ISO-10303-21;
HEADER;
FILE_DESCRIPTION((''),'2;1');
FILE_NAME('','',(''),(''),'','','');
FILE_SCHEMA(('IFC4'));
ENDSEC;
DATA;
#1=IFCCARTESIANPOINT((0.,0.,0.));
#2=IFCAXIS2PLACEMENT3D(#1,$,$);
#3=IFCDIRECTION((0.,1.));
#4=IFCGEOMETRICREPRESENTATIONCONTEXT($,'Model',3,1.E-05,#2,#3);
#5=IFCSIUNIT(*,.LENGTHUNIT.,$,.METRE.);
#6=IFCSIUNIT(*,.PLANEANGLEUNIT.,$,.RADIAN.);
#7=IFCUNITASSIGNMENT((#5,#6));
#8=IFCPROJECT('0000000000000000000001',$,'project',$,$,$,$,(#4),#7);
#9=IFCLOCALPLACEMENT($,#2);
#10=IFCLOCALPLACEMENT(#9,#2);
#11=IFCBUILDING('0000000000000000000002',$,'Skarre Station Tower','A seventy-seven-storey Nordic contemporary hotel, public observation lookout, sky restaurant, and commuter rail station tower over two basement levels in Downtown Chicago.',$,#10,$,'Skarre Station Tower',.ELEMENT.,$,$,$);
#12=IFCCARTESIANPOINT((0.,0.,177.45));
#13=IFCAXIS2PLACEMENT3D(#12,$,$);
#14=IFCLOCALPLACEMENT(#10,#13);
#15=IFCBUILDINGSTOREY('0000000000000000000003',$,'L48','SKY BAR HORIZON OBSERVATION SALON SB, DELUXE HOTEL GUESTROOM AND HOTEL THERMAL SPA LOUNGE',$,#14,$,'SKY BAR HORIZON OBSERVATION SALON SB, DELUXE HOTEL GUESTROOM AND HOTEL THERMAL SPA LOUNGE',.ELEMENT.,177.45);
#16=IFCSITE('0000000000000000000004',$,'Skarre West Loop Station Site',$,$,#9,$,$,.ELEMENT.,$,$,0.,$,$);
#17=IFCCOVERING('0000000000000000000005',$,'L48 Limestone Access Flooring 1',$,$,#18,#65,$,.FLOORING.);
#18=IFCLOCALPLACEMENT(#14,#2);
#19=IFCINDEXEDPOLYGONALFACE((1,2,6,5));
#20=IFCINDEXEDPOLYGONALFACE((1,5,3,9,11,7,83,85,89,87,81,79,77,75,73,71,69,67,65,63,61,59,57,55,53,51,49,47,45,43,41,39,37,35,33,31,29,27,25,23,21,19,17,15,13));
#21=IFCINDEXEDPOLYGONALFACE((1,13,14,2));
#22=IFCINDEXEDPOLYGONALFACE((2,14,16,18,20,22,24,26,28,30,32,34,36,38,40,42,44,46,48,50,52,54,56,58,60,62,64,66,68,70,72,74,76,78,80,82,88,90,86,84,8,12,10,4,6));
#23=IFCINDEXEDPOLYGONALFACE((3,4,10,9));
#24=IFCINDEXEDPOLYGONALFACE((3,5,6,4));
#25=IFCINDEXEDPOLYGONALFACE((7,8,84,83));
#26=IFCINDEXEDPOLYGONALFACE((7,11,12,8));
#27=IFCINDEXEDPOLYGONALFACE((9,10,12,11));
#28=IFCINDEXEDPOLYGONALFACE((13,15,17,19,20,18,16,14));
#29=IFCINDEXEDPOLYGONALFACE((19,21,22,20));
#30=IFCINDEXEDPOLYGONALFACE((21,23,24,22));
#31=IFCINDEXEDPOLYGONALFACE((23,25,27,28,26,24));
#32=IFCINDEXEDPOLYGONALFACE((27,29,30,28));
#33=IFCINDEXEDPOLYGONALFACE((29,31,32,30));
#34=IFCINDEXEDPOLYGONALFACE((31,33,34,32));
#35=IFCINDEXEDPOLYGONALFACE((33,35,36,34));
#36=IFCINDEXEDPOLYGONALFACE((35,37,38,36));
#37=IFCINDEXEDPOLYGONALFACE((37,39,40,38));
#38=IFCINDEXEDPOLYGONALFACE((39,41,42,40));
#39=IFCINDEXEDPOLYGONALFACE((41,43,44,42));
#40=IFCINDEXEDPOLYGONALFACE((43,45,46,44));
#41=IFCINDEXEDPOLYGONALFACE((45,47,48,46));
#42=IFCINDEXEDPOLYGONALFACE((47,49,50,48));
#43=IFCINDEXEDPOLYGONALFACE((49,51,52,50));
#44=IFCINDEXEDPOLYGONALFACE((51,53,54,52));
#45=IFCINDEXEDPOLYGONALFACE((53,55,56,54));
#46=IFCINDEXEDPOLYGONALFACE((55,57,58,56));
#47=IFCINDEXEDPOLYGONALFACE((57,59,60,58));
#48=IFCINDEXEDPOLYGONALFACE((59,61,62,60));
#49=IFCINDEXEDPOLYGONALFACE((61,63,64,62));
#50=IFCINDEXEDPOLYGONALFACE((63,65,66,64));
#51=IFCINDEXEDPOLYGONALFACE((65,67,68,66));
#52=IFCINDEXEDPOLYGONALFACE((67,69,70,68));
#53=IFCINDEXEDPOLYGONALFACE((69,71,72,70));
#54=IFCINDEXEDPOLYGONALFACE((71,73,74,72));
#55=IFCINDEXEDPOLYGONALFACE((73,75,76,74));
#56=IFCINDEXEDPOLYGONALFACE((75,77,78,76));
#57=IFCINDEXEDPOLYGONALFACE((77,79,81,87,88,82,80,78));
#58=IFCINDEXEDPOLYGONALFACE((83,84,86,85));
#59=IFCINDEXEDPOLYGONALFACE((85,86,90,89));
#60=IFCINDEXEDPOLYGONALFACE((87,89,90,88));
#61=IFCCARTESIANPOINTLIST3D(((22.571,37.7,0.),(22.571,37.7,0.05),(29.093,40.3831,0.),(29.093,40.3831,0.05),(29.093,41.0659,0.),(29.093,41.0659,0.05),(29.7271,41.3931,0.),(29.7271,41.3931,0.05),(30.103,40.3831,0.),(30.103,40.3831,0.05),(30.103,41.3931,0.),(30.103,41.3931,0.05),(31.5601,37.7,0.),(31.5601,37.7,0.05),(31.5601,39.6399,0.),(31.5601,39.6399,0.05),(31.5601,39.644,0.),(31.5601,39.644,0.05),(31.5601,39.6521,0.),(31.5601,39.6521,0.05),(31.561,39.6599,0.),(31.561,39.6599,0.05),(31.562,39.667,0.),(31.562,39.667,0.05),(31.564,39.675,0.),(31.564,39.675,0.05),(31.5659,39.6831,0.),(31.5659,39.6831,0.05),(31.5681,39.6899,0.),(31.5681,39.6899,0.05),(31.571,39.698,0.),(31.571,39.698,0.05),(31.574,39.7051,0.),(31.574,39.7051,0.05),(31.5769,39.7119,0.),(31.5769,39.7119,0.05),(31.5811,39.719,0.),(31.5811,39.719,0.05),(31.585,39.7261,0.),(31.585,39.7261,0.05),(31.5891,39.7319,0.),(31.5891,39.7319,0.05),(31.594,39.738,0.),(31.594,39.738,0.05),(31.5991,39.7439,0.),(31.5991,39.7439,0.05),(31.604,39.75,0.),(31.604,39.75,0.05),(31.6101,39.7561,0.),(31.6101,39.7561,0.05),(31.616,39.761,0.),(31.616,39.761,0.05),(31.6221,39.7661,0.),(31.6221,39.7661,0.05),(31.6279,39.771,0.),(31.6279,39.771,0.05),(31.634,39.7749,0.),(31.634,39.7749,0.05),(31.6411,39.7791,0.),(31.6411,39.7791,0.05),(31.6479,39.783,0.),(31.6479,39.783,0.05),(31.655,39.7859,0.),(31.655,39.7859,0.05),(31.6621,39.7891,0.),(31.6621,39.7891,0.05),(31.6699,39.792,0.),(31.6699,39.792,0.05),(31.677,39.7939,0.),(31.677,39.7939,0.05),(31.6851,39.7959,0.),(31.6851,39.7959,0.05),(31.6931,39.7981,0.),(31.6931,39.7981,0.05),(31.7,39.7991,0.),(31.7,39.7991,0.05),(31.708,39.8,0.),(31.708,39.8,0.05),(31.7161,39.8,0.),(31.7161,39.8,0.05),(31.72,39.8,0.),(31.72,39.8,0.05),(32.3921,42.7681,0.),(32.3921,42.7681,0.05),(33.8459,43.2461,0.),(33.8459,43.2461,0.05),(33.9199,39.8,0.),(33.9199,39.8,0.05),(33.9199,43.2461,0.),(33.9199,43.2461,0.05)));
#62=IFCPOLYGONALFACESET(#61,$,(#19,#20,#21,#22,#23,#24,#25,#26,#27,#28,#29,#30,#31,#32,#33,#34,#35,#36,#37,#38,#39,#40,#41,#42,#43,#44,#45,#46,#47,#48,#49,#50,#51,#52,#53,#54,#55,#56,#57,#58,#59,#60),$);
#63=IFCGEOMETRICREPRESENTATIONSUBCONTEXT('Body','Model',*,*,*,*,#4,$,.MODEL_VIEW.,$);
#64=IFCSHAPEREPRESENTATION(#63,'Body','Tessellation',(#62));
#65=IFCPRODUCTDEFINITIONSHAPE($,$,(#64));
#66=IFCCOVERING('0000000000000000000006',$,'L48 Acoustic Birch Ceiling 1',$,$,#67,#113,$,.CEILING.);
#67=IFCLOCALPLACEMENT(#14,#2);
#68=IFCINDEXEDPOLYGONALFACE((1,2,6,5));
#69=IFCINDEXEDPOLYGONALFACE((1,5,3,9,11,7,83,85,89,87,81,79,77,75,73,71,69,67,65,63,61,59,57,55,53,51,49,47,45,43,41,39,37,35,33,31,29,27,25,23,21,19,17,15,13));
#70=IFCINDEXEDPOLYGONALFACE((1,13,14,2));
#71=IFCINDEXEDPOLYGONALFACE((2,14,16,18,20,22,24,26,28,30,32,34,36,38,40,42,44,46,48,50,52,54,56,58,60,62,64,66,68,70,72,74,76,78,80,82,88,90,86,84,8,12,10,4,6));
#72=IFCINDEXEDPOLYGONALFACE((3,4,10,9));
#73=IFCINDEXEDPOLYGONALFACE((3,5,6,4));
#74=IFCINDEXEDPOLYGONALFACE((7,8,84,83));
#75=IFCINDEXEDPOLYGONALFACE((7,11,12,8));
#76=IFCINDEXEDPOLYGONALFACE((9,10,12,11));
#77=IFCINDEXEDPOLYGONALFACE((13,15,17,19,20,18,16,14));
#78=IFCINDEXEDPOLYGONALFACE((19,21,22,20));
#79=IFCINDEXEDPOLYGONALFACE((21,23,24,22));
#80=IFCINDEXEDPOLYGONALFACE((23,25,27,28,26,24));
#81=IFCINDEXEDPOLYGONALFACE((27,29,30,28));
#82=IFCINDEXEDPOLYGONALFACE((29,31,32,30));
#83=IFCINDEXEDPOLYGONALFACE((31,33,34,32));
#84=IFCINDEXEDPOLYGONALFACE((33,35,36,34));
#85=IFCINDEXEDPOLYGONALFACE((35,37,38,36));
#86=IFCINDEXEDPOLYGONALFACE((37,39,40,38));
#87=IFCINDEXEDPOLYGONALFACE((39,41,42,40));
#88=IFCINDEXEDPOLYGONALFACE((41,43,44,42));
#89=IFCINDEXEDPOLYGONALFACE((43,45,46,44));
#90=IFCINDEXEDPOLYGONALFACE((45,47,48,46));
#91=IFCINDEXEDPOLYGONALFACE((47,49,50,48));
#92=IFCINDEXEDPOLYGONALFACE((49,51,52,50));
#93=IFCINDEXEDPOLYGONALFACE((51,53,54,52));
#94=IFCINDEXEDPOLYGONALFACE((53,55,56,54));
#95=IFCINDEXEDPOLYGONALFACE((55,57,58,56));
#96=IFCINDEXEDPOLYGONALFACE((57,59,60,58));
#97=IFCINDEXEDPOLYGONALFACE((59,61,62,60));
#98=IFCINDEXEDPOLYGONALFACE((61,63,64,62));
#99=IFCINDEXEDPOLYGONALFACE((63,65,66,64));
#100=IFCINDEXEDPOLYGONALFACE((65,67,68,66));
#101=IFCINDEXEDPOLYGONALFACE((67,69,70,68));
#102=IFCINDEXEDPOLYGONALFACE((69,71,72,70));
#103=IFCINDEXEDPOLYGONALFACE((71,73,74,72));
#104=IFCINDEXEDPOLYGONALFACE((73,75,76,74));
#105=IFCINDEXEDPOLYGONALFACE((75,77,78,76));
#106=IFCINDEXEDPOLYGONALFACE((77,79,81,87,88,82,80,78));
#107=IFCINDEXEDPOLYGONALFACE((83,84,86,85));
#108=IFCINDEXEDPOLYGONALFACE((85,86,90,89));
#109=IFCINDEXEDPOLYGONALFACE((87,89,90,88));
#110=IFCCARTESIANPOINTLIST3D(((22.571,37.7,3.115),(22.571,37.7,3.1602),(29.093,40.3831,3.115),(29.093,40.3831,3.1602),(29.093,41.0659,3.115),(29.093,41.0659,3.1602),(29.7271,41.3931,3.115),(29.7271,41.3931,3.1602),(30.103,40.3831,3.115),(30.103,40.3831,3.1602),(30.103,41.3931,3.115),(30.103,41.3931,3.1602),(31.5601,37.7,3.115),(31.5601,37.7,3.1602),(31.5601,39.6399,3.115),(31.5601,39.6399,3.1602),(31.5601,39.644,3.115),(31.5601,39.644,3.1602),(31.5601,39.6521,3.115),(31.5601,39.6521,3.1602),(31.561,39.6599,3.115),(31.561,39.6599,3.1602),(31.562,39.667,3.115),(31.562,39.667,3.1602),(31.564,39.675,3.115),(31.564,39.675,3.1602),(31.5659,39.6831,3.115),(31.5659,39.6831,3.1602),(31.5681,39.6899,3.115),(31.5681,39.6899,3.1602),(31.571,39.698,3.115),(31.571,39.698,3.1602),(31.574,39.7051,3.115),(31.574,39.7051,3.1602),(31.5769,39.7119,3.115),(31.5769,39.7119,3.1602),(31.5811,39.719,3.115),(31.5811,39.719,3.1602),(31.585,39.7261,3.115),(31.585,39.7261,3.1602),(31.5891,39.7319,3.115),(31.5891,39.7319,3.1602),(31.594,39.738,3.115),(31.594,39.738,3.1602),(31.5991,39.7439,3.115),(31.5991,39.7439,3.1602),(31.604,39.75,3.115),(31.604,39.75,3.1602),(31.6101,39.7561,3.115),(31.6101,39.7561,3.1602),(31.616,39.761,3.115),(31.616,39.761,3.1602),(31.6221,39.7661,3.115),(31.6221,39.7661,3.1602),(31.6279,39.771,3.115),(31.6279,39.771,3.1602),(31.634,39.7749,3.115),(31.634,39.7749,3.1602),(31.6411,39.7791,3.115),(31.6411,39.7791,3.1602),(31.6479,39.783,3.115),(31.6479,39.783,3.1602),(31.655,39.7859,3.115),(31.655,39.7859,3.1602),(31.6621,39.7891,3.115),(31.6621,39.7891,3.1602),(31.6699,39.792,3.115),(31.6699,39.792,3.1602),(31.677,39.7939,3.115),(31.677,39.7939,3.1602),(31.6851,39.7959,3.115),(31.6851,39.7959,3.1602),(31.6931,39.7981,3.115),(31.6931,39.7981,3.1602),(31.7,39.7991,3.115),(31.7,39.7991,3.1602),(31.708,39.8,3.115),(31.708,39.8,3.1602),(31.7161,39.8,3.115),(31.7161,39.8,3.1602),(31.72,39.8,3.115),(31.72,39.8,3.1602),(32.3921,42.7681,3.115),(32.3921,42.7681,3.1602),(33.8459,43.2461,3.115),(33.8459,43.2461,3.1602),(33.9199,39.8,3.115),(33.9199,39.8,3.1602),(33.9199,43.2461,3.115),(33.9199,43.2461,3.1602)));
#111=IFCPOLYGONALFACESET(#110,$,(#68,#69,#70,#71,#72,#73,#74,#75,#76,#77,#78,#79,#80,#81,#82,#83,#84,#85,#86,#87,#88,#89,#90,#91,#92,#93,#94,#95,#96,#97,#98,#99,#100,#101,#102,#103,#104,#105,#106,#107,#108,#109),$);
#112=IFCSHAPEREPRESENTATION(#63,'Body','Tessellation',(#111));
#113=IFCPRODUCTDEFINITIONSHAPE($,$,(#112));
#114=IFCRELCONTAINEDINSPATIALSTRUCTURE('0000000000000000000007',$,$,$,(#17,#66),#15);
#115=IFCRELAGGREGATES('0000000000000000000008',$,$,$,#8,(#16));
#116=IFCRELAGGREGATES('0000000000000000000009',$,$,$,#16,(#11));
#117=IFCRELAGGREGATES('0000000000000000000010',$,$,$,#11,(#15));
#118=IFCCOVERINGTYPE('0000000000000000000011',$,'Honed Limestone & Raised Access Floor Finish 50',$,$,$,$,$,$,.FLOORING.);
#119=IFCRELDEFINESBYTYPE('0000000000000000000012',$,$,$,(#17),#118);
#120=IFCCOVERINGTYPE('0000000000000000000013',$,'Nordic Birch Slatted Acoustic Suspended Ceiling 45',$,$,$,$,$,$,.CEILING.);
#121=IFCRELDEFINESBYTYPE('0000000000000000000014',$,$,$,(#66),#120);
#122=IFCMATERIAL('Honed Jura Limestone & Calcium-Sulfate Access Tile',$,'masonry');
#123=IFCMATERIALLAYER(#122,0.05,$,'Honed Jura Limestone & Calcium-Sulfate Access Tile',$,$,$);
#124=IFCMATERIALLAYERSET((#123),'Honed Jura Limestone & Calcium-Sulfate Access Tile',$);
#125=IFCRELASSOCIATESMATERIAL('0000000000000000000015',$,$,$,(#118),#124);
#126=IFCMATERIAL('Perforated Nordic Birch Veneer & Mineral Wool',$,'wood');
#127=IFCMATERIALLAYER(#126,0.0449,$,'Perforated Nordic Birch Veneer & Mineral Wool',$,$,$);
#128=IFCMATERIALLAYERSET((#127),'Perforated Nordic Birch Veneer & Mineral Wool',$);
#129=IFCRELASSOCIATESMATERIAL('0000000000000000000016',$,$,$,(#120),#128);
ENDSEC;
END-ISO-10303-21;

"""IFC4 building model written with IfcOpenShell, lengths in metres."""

from ifc_helpers import new_model, si_unit, direction, frame, origin, place, context, subcontext, project, spatial, polyline, outline, extrude, material, layer, layer_set, type_object, element, save


model = new_model("IFC4")

# Units and contexts
model_context = context("Model", 3, precision=1e-05, world=origin(), true_north=direction((0.0, 1.0)))
body_context = subcontext(model_context, "Body", "Model", "MODEL_VIEW")
ifc_project = project(units=[si_unit("LENGTHUNIT", "METRE"), si_unit("PLANEANGLEUNIT", "RADIAN")], contexts=[model_context])

# Site, building, storey
site_placement = place(None, origin())
site = spatial("IfcSite", under=ifc_project, at=site_placement, Name="Skarre West Loop Station Site", CompositionType="ELEMENT", RefElevation=0.0)
building_placement = place(site_placement, origin())
building = spatial("IfcBuilding", under=site, at=building_placement, Name="Skarre Station Tower", Description="A seventy-seven-storey Nordic contemporary hotel, public observation lookout, sky restaurant, and commuter rail station tower over two basement levels in Downtown Chicago.", LongName="Skarre Station Tower", CompositionType="ELEMENT")
storey_placement = place(building_placement, frame((0.0, 0.0, 177.45)))
storey = spatial("IfcBuildingStorey", under=building, at=storey_placement, Name="L48", Description="SKY BAR HORIZON OBSERVATION SALON SB, DELUXE HOTEL GUESTROOM AND HOTEL THERMAL SPA LOUNGE", LongName="SKY BAR HORIZON OBSERVATION SALON SB, DELUXE HOTEL GUESTROOM AND HOTEL THERMAL SPA LOUNGE", CompositionType="ELEMENT", Elevation=177.45)

# Coverings
ifc_material_1 = material(Name="Honed Jura Limestone & Calcium-Sulfate Access Tile", Category="masonry")
ifc_layer_1 = layer(ifc_material_1, 0.05, Name="Honed Jura Limestone & Calcium-Sulfate Access Tile")
ifc_layer_set_1 = layer_set([ifc_layer_1], Name="Honed Jura Limestone & Calcium-Sulfate Access Tile")
covering_type_1 = type_object("IfcCoveringType", Name="Honed Limestone & Raised Access Floor Finish 50", PredefinedType="FLOORING", material=ifc_layer_set_1)
covering_1_placement = place(storey_placement, origin())
element("IfcCovering", 1, at=covering_1_placement, inside=storey, type_object=covering_type_1, Name="L48 Limestone Access Flooring 1", PredefinedType="FLOORING", context=body_context, shape_type="SweptSolid", body=[
    extrude(outline(polyline([(33.9199, 39.8), (33.9199, 43.2461), (33.8459, 43.2461), (32.3921, 42.7681), (29.7271, 41.3931), (30.103, 41.3931), (30.103, 40.3831), (29.093, 40.3831), (29.093, 41.0659), (22.571, 37.7), (31.5601, 37.7), (31.5601, 39.6399), (31.5601, 39.644), (31.5601, 39.6521), (31.561, 39.6599), (31.562, 39.667), (31.564, 39.675), (31.5659, 39.6831), (31.5681, 39.6899), (31.571, 39.698), (31.574, 39.7051), (31.5769, 39.7119), (31.5811, 39.719), (31.585, 39.7261), (31.5891, 39.7319), (31.594, 39.738), (31.5991, 39.7439), (31.604, 39.75), (31.6101, 39.7561), (31.616, 39.761), (31.6221, 39.7661), (31.6279, 39.771), (31.634, 39.7749), (31.6411, 39.7791), (31.6479, 39.783), (31.655, 39.7859), (31.6621, 39.7891), (31.6699, 39.792), (31.677, 39.7939), (31.6851, 39.7959), (31.6931, 39.7981), (31.7, 39.7991), (31.708, 39.8), (31.7161, 39.8), (31.72, 39.8), (33.9199, 39.8)])), origin(), (0.0, 0.0, 1.0), 0.05),
])
ifc_material_2 = material(Name="Perforated Nordic Birch Veneer & Mineral Wool", Category="wood")
ifc_layer_2 = layer(ifc_material_2, 0.0449, Name="Perforated Nordic Birch Veneer & Mineral Wool")
ifc_layer_set_2 = layer_set([ifc_layer_2], Name="Perforated Nordic Birch Veneer & Mineral Wool")
covering_type_2 = type_object("IfcCoveringType", Name="Nordic Birch Slatted Acoustic Suspended Ceiling 45", PredefinedType="CEILING", material=ifc_layer_set_2)
covering_2_placement = place(storey_placement, frame((0.0, 0.0, 3.115)))
element("IfcCovering", 2, at=covering_2_placement, inside=storey, type_object=covering_type_2, Name="L48 Acoustic Birch Ceiling 1", PredefinedType="CEILING", context=body_context, shape_type="SweptSolid", body=[
    extrude(outline(polyline([(33.9199, 39.8), (33.9199, 43.2461), (33.8459, 43.2461), (32.3921, 42.7681), (29.7271, 41.3931), (30.103, 41.3931), (30.103, 40.3831), (29.093, 40.3831), (29.093, 41.0659), (22.571, 37.7), (31.5601, 37.7), (31.5601, 39.6399), (31.5601, 39.644), (31.5601, 39.6521), (31.561, 39.6599), (31.562, 39.667), (31.564, 39.675), (31.5659, 39.6831), (31.5681, 39.6899), (31.571, 39.698), (31.574, 39.7051), (31.5769, 39.7119), (31.5811, 39.719), (31.585, 39.7261), (31.5891, 39.7319), (31.594, 39.738), (31.5991, 39.7439), (31.604, 39.75), (31.6101, 39.7561), (31.616, 39.761), (31.6221, 39.7661), (31.6279, 39.771), (31.634, 39.7749), (31.6411, 39.7791), (31.6479, 39.783), (31.655, 39.7859), (31.6621, 39.7891), (31.6699, 39.792), (31.677, 39.7939), (31.6851, 39.7959), (31.6931, 39.7981), (31.7, 39.7991), (31.708, 39.8), (31.7161, 39.8), (31.72, 39.8), (33.9199, 39.8)])), origin(), (0.0, 0.0, 1.0), 0.0452),
])

save(model, "model.ifc")
